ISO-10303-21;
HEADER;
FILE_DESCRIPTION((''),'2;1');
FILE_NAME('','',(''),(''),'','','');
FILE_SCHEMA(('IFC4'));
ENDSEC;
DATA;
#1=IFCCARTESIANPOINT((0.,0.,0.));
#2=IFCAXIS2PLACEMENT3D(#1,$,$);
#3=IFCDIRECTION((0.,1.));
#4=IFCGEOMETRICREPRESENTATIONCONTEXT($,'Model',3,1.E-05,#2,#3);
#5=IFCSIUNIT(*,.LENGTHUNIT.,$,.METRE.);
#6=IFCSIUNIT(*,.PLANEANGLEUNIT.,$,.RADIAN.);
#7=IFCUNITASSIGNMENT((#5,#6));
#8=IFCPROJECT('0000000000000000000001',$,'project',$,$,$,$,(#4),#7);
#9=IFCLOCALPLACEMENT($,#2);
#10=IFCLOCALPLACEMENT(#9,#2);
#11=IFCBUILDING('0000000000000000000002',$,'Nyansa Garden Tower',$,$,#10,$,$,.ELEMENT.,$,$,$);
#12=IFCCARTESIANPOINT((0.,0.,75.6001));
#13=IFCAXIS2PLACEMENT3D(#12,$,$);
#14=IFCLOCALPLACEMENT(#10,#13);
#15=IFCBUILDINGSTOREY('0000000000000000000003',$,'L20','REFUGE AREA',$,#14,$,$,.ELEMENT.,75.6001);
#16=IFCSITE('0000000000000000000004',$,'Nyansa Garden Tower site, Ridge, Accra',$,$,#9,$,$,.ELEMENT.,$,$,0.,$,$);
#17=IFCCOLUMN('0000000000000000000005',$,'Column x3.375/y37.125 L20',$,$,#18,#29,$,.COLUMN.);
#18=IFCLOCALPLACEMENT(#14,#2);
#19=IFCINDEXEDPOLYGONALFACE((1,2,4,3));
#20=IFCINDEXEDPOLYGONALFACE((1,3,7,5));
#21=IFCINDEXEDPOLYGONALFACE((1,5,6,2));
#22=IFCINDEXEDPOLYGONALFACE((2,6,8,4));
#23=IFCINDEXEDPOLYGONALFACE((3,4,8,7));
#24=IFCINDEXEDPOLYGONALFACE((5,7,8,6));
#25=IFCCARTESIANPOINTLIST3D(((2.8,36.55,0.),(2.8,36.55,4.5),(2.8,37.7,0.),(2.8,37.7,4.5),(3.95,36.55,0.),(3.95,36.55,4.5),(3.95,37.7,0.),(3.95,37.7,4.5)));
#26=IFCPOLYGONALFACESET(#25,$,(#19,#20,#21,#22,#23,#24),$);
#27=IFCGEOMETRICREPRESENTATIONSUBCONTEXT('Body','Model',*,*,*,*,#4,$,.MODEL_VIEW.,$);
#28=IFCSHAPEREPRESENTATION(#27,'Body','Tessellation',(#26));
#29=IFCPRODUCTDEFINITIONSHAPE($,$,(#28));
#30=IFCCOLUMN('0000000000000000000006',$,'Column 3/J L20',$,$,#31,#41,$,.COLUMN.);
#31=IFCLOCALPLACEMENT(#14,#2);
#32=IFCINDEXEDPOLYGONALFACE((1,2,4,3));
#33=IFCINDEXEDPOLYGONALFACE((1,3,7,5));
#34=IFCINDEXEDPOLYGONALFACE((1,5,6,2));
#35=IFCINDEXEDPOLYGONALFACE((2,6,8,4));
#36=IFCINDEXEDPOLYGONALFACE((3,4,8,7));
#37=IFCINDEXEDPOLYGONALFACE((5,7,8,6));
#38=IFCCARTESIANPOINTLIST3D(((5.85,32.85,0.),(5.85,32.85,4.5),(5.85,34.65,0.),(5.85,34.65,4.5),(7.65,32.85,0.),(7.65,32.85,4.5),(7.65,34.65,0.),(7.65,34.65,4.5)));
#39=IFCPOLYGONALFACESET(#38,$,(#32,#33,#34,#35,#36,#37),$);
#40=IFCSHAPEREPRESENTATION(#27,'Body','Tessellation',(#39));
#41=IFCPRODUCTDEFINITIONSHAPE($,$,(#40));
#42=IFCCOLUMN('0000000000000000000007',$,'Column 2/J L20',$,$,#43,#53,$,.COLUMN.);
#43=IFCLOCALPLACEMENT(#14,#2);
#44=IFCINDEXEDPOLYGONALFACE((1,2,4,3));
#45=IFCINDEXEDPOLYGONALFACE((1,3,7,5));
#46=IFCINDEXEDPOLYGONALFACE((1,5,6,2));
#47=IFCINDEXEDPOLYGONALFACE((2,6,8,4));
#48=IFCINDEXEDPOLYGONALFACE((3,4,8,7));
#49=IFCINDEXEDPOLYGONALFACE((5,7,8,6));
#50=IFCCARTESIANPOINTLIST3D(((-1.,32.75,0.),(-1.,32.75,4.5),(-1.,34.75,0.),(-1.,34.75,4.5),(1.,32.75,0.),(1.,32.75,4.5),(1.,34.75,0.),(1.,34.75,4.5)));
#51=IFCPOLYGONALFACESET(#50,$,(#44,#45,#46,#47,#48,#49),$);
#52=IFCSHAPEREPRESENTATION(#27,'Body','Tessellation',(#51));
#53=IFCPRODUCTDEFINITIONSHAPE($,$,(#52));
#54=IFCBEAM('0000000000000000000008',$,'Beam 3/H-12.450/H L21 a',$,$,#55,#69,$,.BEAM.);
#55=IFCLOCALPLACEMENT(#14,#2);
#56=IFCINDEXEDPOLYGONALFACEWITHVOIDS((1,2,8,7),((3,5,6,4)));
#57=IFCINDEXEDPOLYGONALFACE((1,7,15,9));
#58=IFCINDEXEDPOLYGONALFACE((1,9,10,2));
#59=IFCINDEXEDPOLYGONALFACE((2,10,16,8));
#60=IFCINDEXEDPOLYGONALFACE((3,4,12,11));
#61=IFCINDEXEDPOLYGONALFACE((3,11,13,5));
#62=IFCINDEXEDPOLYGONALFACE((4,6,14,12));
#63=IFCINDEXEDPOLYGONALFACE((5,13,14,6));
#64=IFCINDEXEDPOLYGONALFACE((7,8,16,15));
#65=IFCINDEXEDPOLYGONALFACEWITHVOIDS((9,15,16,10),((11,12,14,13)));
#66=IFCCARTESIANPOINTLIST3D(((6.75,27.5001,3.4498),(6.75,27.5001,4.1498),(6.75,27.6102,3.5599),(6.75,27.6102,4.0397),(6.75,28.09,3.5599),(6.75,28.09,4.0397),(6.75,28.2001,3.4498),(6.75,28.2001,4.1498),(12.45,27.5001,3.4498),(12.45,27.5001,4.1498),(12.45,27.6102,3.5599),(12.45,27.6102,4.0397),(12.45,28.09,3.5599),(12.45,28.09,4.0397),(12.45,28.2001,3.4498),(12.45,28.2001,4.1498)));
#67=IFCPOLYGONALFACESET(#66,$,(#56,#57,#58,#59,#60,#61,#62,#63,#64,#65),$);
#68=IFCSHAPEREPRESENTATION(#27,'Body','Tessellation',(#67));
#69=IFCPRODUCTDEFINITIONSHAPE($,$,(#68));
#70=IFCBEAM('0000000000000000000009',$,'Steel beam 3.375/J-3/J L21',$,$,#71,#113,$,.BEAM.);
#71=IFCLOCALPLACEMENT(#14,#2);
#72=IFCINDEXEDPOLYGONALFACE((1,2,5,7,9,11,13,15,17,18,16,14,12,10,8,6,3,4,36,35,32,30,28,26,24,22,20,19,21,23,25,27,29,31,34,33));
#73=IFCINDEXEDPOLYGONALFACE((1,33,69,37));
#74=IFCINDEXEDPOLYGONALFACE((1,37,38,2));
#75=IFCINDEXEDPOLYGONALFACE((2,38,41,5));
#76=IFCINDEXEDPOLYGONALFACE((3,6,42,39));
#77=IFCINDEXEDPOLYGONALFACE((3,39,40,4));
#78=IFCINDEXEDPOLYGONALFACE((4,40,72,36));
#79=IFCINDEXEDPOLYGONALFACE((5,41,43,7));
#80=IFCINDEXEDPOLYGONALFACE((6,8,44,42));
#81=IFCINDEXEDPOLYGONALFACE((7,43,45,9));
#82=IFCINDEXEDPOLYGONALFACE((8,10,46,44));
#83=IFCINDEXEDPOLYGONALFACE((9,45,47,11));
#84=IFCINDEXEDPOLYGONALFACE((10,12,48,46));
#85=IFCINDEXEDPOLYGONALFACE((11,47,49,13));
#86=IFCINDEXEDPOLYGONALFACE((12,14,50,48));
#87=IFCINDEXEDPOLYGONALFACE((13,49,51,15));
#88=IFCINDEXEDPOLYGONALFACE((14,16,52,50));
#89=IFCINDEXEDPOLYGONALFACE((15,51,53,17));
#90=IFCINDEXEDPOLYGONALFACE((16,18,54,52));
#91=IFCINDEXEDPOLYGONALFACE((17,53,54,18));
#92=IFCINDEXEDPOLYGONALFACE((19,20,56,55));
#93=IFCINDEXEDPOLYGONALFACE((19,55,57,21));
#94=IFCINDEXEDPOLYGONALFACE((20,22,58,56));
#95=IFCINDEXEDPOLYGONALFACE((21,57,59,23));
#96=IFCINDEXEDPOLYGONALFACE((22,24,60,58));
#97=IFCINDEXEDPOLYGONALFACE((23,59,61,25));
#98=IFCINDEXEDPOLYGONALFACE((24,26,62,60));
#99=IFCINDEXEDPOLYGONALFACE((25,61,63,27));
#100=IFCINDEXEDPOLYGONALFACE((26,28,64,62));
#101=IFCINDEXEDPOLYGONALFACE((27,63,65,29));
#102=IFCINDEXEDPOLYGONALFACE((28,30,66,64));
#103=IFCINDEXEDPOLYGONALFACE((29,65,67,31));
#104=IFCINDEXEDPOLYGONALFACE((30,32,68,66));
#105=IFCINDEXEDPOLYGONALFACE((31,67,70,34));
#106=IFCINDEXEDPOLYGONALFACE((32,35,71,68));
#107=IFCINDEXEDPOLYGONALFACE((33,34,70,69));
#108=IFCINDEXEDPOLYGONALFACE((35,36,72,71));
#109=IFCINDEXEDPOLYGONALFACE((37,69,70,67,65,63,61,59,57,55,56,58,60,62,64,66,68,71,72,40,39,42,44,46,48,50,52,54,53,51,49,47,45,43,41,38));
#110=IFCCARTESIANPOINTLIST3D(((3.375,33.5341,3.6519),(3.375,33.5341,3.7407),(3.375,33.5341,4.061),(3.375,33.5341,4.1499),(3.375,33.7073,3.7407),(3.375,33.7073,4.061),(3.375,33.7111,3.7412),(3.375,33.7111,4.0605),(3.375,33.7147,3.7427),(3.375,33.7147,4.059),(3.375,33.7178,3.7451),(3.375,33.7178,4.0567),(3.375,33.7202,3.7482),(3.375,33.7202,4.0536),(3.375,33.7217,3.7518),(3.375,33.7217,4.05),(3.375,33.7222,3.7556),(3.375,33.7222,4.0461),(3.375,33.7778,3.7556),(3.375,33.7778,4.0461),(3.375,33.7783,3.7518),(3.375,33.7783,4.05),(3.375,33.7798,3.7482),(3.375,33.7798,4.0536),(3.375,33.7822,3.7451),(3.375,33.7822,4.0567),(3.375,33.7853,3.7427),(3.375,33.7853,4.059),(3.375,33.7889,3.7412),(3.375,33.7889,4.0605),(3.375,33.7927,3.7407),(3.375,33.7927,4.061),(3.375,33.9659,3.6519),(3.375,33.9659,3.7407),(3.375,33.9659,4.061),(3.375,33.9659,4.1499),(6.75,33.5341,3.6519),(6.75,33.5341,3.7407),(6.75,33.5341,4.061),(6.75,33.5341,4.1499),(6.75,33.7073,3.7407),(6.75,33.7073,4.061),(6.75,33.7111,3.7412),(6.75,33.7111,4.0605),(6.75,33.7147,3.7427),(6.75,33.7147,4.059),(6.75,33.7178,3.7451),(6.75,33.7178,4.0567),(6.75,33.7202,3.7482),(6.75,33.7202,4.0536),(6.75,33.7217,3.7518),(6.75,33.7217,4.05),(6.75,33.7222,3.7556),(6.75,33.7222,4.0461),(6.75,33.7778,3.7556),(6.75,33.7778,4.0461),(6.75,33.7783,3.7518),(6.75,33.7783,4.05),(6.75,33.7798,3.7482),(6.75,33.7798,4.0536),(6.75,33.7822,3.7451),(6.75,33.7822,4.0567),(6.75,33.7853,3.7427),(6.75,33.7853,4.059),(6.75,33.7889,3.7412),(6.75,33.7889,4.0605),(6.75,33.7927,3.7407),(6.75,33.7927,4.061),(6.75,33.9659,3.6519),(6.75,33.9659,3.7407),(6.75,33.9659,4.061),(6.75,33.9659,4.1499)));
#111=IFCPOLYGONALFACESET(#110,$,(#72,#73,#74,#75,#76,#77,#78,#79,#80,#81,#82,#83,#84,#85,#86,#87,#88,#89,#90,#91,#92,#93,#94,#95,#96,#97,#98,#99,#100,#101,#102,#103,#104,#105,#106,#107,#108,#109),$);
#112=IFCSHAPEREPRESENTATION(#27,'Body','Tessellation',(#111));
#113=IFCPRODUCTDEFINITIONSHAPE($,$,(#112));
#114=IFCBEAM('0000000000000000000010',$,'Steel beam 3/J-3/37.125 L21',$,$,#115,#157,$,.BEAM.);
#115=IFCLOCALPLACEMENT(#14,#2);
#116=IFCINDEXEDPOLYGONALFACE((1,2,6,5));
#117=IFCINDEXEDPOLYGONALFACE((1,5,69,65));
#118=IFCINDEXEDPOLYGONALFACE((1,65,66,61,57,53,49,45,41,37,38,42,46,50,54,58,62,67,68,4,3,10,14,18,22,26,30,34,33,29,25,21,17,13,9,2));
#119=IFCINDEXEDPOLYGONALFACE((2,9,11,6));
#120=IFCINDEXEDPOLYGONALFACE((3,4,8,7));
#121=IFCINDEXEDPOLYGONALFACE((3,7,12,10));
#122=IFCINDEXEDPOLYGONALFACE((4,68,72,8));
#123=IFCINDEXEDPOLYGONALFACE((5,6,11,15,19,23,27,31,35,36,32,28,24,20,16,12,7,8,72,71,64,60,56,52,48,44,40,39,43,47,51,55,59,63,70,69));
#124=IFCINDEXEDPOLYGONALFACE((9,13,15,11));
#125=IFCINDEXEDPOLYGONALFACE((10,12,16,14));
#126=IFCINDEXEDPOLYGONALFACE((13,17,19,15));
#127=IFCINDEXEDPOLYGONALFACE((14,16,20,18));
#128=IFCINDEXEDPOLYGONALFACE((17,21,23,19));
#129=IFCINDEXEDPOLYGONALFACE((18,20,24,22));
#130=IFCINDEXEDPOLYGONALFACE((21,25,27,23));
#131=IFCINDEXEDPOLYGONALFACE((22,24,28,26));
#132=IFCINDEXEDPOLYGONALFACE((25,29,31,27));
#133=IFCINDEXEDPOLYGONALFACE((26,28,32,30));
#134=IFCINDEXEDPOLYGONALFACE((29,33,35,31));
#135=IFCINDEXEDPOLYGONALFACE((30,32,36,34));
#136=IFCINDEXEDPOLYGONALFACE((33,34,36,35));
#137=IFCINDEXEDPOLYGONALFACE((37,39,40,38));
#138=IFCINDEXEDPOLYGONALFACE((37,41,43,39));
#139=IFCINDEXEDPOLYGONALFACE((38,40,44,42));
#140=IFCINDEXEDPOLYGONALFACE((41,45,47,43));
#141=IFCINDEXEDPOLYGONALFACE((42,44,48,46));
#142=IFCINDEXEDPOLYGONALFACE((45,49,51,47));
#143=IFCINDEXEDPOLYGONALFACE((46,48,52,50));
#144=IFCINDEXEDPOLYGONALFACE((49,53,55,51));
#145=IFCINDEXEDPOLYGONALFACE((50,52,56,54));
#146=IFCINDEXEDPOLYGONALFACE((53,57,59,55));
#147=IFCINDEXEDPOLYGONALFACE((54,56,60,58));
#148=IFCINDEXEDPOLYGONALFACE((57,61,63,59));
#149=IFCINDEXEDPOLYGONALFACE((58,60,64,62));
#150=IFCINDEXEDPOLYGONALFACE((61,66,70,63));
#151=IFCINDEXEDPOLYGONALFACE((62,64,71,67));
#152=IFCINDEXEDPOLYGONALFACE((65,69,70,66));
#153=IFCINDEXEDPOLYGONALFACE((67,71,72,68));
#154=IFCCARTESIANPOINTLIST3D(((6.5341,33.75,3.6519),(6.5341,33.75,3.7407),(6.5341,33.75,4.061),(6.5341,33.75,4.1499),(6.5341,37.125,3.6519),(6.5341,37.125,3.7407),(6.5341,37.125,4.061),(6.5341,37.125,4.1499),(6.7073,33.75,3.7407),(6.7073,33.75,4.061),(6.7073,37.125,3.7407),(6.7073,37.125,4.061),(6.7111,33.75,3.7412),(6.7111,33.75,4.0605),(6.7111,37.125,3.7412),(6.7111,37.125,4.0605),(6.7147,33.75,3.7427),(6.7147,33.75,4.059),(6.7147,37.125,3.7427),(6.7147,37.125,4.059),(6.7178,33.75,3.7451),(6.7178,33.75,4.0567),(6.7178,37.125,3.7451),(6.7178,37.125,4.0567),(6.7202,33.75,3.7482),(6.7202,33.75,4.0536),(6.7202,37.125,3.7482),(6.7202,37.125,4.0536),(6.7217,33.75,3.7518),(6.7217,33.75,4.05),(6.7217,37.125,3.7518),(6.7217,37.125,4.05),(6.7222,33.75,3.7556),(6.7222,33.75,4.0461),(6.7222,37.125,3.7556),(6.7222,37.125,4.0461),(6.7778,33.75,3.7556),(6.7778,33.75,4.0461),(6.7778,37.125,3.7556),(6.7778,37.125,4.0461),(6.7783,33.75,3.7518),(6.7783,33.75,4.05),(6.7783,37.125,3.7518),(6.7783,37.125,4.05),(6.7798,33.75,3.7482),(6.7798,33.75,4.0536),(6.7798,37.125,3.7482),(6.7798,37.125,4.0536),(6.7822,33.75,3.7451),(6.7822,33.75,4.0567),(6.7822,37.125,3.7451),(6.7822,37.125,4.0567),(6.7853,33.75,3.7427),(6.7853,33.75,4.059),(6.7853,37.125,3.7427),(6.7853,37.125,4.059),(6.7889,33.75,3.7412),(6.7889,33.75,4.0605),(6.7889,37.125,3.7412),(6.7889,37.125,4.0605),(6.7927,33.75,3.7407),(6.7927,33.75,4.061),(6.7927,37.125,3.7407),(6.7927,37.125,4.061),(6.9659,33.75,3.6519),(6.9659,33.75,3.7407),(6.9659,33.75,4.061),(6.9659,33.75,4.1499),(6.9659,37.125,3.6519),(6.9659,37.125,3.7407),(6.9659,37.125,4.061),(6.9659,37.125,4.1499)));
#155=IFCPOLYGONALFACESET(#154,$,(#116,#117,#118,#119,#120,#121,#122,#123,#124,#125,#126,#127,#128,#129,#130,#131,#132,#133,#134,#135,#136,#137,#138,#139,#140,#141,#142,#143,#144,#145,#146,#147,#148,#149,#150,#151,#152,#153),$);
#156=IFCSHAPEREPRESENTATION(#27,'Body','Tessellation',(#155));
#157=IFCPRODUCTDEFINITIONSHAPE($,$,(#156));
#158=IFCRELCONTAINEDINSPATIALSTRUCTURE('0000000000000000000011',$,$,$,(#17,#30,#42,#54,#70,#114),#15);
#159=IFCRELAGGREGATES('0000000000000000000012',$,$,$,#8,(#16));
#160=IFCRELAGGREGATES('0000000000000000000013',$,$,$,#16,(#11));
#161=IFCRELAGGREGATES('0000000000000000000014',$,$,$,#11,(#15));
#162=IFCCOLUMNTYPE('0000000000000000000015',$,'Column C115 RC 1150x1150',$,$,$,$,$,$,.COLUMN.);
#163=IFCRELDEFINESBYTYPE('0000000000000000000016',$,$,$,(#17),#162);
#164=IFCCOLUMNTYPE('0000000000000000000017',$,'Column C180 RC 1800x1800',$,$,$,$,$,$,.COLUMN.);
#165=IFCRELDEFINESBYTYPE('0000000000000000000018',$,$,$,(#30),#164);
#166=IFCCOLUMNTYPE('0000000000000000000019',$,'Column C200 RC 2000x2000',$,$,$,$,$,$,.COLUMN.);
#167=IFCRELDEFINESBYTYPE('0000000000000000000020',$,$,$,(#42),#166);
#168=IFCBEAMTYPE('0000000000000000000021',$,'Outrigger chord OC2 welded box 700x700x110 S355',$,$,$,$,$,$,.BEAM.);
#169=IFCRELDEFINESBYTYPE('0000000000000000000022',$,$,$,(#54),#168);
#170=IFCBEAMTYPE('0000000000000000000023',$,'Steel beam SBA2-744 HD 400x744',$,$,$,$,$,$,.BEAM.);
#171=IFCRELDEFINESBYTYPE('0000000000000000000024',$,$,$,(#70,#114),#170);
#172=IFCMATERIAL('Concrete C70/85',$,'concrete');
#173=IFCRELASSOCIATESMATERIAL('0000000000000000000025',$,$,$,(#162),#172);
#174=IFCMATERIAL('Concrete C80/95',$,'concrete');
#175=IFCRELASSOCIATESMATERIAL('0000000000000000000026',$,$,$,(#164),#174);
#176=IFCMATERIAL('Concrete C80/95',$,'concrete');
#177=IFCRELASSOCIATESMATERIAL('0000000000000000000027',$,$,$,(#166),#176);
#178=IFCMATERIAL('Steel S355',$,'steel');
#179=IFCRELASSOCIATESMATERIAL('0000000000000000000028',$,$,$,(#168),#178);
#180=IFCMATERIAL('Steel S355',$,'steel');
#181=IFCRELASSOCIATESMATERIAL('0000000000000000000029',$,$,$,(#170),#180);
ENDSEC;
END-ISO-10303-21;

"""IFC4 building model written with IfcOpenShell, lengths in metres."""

from ifc_helpers import new_model, si_unit, direction, frame, origin, origin_2d, place, context, subcontext, project, spatial, rectangle, hollow_rectangle, i_section, extrude, material, material_profile, profile_set, type_object, element, save


model = new_model("IFC4")

# Units and contexts
model_context = context("Model", 3, precision=1e-05, world=origin(), true_north=direction((0.0, 1.0)))
body_context = subcontext(model_context, "Body", "Model", "MODEL_VIEW")
ifc_project = project(units=[si_unit("LENGTHUNIT", "METRE"), si_unit("PLANEANGLEUNIT", "RADIAN")], contexts=[model_context])

# Site, building, storey
site_placement = place(None, origin())
site = spatial("IfcSite", under=ifc_project, at=site_placement, Name="Nyansa Garden Tower site, Ridge, Accra", CompositionType="ELEMENT", RefElevation=0.0)
building_placement = place(site_placement, origin())
building = spatial("IfcBuilding", under=site, at=building_placement, Name="Nyansa Garden Tower", CompositionType="ELEMENT")
storey_placement = place(building_placement, frame((0.0, 0.0, 75.6001)))
storey = spatial("IfcBuildingStorey", under=building, at=storey_placement, Name="L20", Description="REFUGE AREA", CompositionType="ELEMENT", Elevation=75.6001)

# Columns
ifc_material_1 = material(Name="Concrete C70/85", Category="concrete")
ifc_material_profile_1 = material_profile(ifc_material_1, rectangle(XDim=1.1499, YDim=1.1499, at=origin_2d()), Name="RC 1150x1150")
ifc_profile_set_1 = profile_set([ifc_material_profile_1], Name="Concrete C70/85")
column_type_1 = type_object("IfcColumnType", Name="Column C115 RC 1150x1150", PredefinedType="COLUMN", material=ifc_profile_set_1)
column_1_placement = place(storey_placement, frame((3.375, 37.125, 0.0), z_axis=(0.0, 0.0, 1.0), x_axis=(1.0, 0.0, 0.0)))
element("IfcColumn", 1, at=column_1_placement, inside=storey, type_object=column_type_1, Name="Column x3.375/y37.125 L20", PredefinedType="COLUMN", context=body_context, shape_type="SweptSolid", body=[
    extrude(rectangle(XDim=1.1499, YDim=1.1499, at=origin_2d()), origin(), (0.0, 0.0, 1.0), 4.5),
])
ifc_material_2 = material(Name="Concrete C80/95", Category="concrete")
ifc_material_profile_2 = material_profile(ifc_material_2, rectangle(XDim=1.8, YDim=1.8, at=origin_2d()), Name="RC 1800x1800")
ifc_profile_set_2 = profile_set([ifc_material_profile_2], Name="Concrete C80/95")
column_type_2 = type_object("IfcColumnType", Name="Column C180 RC 1800x1800", PredefinedType="COLUMN", material=ifc_profile_set_2)
column_2_placement = place(storey_placement, frame((6.75, 33.75, 0.0), z_axis=(0.0, 0.0, 1.0), x_axis=(1.0, 0.0, 0.0)))
element("IfcColumn", 2, at=column_2_placement, inside=storey, type_object=column_type_2, Name="Column 3/J L20", PredefinedType="COLUMN", context=body_context, shape_type="SweptSolid", body=[
    extrude(rectangle(XDim=1.8, YDim=1.8, at=origin_2d()), origin(), (0.0, 0.0, 1.0), 4.5),
])
ifc_material_3 = material(Name="Concrete C80/95", Category="concrete")
ifc_material_profile_3 = material_profile(ifc_material_3, rectangle(XDim=2.0, YDim=2.0, at=origin_2d()), Name="RC 2000x2000")
ifc_profile_set_3 = profile_set([ifc_material_profile_3], Name="Concrete C80/95")
column_type_3 = type_object("IfcColumnType", Name="Column C200 RC 2000x2000", PredefinedType="COLUMN", material=ifc_profile_set_3)
column_3_placement = place(storey_placement, frame((0.0, 33.75, 0.0), z_axis=(0.0, 0.0, 1.0), x_axis=(1.0, 0.0, 0.0)))
element("IfcColumn", 3, at=column_3_placement, inside=storey, type_object=column_type_3, Name="Column 2/J L20", PredefinedType="COLUMN", context=body_context, shape_type="SweptSolid", body=[
    extrude(rectangle(XDim=2.0, YDim=2.0, at=origin_2d()), origin(), (0.0, 0.0, 1.0), 4.5),
])

# Beams
ifc_material_4 = material(Name="Steel S355", Category="steel")
ifc_material_profile_4 = material_profile(ifc_material_4, hollow_rectangle(XDim=0.7, YDim=0.7, WallThickness=0.1101, at=origin_2d()), Name="Welded box 700x700x110")
ifc_profile_set_4 = profile_set([ifc_material_profile_4], Name="Steel S355")
beam_type_1 = type_object("IfcBeamType", Name="Outrigger chord OC2 welded box 700x700x110 S355", PredefinedType="BEAM", material=ifc_profile_set_4)
beam_1_placement = place(storey_placement, frame((6.75, 27.8501, 3.7998), z_axis=(1.0, 0.0, 0.0), x_axis=(0.0, 1.0, 0.0)))
element("IfcBeam", 4, at=beam_1_placement, inside=storey, type_object=beam_type_1, Name="Beam 3/H-12.450/H L21 a", PredefinedType="BEAM", context=body_context, shape_type="SweptSolid", body=[
    extrude(hollow_rectangle(XDim=0.7, YDim=0.7, WallThickness=0.1101, at=origin_2d()), origin(), (0.0, 0.0, 1.0), 5.7),
])
ifc_material_5 = material(Name="Steel S355", Category="steel")
ifc_material_profile_5 = material_profile(ifc_material_5, i_section(OverallWidth=0.4319, OverallDepth=0.498, WebThickness=0.0557, FlangeThickness=0.0889, FilletRadius=0.0149, at=origin_2d()), Name="HD 400x744")
ifc_profile_set_5 = profile_set([ifc_material_profile_5], Name="Steel S355")
beam_type_2 = type_object("IfcBeamType", Name="Steel beam SBA2-744 HD 400x744", PredefinedType="BEAM", material=ifc_profile_set_5)
for number, where, z_axis, x_axis, name in (
    (5, (3.375, 33.75, 3.9009), (1.0, 0.0, 0.0), (0.0, 1.0, 0.0), "Steel beam 3.375/J-3/J L21"),
    (6, (6.75, 33.75, 3.9009), (0.0, 1.0, 0.0), (-1.0, 0.0, 0.0), "Steel beam 3/J-3/37.125 L21"),
):
    element("IfcBeam", number, at=place(storey_placement, frame(where, z_axis=z_axis, x_axis=x_axis)), inside=storey, type_object=beam_type_2, Name=name, PredefinedType="BEAM", context=body_context, shape_type="SweptSolid", body=[
        extrude(i_section(OverallWidth=0.4319, OverallDepth=0.498, WebThickness=0.0557, FlangeThickness=0.0889, FilletRadius=0.0149, at=origin_2d()), origin(), (0.0, 0.0, 1.0), 3.375),
    ])

save(model, "model.ifc")
